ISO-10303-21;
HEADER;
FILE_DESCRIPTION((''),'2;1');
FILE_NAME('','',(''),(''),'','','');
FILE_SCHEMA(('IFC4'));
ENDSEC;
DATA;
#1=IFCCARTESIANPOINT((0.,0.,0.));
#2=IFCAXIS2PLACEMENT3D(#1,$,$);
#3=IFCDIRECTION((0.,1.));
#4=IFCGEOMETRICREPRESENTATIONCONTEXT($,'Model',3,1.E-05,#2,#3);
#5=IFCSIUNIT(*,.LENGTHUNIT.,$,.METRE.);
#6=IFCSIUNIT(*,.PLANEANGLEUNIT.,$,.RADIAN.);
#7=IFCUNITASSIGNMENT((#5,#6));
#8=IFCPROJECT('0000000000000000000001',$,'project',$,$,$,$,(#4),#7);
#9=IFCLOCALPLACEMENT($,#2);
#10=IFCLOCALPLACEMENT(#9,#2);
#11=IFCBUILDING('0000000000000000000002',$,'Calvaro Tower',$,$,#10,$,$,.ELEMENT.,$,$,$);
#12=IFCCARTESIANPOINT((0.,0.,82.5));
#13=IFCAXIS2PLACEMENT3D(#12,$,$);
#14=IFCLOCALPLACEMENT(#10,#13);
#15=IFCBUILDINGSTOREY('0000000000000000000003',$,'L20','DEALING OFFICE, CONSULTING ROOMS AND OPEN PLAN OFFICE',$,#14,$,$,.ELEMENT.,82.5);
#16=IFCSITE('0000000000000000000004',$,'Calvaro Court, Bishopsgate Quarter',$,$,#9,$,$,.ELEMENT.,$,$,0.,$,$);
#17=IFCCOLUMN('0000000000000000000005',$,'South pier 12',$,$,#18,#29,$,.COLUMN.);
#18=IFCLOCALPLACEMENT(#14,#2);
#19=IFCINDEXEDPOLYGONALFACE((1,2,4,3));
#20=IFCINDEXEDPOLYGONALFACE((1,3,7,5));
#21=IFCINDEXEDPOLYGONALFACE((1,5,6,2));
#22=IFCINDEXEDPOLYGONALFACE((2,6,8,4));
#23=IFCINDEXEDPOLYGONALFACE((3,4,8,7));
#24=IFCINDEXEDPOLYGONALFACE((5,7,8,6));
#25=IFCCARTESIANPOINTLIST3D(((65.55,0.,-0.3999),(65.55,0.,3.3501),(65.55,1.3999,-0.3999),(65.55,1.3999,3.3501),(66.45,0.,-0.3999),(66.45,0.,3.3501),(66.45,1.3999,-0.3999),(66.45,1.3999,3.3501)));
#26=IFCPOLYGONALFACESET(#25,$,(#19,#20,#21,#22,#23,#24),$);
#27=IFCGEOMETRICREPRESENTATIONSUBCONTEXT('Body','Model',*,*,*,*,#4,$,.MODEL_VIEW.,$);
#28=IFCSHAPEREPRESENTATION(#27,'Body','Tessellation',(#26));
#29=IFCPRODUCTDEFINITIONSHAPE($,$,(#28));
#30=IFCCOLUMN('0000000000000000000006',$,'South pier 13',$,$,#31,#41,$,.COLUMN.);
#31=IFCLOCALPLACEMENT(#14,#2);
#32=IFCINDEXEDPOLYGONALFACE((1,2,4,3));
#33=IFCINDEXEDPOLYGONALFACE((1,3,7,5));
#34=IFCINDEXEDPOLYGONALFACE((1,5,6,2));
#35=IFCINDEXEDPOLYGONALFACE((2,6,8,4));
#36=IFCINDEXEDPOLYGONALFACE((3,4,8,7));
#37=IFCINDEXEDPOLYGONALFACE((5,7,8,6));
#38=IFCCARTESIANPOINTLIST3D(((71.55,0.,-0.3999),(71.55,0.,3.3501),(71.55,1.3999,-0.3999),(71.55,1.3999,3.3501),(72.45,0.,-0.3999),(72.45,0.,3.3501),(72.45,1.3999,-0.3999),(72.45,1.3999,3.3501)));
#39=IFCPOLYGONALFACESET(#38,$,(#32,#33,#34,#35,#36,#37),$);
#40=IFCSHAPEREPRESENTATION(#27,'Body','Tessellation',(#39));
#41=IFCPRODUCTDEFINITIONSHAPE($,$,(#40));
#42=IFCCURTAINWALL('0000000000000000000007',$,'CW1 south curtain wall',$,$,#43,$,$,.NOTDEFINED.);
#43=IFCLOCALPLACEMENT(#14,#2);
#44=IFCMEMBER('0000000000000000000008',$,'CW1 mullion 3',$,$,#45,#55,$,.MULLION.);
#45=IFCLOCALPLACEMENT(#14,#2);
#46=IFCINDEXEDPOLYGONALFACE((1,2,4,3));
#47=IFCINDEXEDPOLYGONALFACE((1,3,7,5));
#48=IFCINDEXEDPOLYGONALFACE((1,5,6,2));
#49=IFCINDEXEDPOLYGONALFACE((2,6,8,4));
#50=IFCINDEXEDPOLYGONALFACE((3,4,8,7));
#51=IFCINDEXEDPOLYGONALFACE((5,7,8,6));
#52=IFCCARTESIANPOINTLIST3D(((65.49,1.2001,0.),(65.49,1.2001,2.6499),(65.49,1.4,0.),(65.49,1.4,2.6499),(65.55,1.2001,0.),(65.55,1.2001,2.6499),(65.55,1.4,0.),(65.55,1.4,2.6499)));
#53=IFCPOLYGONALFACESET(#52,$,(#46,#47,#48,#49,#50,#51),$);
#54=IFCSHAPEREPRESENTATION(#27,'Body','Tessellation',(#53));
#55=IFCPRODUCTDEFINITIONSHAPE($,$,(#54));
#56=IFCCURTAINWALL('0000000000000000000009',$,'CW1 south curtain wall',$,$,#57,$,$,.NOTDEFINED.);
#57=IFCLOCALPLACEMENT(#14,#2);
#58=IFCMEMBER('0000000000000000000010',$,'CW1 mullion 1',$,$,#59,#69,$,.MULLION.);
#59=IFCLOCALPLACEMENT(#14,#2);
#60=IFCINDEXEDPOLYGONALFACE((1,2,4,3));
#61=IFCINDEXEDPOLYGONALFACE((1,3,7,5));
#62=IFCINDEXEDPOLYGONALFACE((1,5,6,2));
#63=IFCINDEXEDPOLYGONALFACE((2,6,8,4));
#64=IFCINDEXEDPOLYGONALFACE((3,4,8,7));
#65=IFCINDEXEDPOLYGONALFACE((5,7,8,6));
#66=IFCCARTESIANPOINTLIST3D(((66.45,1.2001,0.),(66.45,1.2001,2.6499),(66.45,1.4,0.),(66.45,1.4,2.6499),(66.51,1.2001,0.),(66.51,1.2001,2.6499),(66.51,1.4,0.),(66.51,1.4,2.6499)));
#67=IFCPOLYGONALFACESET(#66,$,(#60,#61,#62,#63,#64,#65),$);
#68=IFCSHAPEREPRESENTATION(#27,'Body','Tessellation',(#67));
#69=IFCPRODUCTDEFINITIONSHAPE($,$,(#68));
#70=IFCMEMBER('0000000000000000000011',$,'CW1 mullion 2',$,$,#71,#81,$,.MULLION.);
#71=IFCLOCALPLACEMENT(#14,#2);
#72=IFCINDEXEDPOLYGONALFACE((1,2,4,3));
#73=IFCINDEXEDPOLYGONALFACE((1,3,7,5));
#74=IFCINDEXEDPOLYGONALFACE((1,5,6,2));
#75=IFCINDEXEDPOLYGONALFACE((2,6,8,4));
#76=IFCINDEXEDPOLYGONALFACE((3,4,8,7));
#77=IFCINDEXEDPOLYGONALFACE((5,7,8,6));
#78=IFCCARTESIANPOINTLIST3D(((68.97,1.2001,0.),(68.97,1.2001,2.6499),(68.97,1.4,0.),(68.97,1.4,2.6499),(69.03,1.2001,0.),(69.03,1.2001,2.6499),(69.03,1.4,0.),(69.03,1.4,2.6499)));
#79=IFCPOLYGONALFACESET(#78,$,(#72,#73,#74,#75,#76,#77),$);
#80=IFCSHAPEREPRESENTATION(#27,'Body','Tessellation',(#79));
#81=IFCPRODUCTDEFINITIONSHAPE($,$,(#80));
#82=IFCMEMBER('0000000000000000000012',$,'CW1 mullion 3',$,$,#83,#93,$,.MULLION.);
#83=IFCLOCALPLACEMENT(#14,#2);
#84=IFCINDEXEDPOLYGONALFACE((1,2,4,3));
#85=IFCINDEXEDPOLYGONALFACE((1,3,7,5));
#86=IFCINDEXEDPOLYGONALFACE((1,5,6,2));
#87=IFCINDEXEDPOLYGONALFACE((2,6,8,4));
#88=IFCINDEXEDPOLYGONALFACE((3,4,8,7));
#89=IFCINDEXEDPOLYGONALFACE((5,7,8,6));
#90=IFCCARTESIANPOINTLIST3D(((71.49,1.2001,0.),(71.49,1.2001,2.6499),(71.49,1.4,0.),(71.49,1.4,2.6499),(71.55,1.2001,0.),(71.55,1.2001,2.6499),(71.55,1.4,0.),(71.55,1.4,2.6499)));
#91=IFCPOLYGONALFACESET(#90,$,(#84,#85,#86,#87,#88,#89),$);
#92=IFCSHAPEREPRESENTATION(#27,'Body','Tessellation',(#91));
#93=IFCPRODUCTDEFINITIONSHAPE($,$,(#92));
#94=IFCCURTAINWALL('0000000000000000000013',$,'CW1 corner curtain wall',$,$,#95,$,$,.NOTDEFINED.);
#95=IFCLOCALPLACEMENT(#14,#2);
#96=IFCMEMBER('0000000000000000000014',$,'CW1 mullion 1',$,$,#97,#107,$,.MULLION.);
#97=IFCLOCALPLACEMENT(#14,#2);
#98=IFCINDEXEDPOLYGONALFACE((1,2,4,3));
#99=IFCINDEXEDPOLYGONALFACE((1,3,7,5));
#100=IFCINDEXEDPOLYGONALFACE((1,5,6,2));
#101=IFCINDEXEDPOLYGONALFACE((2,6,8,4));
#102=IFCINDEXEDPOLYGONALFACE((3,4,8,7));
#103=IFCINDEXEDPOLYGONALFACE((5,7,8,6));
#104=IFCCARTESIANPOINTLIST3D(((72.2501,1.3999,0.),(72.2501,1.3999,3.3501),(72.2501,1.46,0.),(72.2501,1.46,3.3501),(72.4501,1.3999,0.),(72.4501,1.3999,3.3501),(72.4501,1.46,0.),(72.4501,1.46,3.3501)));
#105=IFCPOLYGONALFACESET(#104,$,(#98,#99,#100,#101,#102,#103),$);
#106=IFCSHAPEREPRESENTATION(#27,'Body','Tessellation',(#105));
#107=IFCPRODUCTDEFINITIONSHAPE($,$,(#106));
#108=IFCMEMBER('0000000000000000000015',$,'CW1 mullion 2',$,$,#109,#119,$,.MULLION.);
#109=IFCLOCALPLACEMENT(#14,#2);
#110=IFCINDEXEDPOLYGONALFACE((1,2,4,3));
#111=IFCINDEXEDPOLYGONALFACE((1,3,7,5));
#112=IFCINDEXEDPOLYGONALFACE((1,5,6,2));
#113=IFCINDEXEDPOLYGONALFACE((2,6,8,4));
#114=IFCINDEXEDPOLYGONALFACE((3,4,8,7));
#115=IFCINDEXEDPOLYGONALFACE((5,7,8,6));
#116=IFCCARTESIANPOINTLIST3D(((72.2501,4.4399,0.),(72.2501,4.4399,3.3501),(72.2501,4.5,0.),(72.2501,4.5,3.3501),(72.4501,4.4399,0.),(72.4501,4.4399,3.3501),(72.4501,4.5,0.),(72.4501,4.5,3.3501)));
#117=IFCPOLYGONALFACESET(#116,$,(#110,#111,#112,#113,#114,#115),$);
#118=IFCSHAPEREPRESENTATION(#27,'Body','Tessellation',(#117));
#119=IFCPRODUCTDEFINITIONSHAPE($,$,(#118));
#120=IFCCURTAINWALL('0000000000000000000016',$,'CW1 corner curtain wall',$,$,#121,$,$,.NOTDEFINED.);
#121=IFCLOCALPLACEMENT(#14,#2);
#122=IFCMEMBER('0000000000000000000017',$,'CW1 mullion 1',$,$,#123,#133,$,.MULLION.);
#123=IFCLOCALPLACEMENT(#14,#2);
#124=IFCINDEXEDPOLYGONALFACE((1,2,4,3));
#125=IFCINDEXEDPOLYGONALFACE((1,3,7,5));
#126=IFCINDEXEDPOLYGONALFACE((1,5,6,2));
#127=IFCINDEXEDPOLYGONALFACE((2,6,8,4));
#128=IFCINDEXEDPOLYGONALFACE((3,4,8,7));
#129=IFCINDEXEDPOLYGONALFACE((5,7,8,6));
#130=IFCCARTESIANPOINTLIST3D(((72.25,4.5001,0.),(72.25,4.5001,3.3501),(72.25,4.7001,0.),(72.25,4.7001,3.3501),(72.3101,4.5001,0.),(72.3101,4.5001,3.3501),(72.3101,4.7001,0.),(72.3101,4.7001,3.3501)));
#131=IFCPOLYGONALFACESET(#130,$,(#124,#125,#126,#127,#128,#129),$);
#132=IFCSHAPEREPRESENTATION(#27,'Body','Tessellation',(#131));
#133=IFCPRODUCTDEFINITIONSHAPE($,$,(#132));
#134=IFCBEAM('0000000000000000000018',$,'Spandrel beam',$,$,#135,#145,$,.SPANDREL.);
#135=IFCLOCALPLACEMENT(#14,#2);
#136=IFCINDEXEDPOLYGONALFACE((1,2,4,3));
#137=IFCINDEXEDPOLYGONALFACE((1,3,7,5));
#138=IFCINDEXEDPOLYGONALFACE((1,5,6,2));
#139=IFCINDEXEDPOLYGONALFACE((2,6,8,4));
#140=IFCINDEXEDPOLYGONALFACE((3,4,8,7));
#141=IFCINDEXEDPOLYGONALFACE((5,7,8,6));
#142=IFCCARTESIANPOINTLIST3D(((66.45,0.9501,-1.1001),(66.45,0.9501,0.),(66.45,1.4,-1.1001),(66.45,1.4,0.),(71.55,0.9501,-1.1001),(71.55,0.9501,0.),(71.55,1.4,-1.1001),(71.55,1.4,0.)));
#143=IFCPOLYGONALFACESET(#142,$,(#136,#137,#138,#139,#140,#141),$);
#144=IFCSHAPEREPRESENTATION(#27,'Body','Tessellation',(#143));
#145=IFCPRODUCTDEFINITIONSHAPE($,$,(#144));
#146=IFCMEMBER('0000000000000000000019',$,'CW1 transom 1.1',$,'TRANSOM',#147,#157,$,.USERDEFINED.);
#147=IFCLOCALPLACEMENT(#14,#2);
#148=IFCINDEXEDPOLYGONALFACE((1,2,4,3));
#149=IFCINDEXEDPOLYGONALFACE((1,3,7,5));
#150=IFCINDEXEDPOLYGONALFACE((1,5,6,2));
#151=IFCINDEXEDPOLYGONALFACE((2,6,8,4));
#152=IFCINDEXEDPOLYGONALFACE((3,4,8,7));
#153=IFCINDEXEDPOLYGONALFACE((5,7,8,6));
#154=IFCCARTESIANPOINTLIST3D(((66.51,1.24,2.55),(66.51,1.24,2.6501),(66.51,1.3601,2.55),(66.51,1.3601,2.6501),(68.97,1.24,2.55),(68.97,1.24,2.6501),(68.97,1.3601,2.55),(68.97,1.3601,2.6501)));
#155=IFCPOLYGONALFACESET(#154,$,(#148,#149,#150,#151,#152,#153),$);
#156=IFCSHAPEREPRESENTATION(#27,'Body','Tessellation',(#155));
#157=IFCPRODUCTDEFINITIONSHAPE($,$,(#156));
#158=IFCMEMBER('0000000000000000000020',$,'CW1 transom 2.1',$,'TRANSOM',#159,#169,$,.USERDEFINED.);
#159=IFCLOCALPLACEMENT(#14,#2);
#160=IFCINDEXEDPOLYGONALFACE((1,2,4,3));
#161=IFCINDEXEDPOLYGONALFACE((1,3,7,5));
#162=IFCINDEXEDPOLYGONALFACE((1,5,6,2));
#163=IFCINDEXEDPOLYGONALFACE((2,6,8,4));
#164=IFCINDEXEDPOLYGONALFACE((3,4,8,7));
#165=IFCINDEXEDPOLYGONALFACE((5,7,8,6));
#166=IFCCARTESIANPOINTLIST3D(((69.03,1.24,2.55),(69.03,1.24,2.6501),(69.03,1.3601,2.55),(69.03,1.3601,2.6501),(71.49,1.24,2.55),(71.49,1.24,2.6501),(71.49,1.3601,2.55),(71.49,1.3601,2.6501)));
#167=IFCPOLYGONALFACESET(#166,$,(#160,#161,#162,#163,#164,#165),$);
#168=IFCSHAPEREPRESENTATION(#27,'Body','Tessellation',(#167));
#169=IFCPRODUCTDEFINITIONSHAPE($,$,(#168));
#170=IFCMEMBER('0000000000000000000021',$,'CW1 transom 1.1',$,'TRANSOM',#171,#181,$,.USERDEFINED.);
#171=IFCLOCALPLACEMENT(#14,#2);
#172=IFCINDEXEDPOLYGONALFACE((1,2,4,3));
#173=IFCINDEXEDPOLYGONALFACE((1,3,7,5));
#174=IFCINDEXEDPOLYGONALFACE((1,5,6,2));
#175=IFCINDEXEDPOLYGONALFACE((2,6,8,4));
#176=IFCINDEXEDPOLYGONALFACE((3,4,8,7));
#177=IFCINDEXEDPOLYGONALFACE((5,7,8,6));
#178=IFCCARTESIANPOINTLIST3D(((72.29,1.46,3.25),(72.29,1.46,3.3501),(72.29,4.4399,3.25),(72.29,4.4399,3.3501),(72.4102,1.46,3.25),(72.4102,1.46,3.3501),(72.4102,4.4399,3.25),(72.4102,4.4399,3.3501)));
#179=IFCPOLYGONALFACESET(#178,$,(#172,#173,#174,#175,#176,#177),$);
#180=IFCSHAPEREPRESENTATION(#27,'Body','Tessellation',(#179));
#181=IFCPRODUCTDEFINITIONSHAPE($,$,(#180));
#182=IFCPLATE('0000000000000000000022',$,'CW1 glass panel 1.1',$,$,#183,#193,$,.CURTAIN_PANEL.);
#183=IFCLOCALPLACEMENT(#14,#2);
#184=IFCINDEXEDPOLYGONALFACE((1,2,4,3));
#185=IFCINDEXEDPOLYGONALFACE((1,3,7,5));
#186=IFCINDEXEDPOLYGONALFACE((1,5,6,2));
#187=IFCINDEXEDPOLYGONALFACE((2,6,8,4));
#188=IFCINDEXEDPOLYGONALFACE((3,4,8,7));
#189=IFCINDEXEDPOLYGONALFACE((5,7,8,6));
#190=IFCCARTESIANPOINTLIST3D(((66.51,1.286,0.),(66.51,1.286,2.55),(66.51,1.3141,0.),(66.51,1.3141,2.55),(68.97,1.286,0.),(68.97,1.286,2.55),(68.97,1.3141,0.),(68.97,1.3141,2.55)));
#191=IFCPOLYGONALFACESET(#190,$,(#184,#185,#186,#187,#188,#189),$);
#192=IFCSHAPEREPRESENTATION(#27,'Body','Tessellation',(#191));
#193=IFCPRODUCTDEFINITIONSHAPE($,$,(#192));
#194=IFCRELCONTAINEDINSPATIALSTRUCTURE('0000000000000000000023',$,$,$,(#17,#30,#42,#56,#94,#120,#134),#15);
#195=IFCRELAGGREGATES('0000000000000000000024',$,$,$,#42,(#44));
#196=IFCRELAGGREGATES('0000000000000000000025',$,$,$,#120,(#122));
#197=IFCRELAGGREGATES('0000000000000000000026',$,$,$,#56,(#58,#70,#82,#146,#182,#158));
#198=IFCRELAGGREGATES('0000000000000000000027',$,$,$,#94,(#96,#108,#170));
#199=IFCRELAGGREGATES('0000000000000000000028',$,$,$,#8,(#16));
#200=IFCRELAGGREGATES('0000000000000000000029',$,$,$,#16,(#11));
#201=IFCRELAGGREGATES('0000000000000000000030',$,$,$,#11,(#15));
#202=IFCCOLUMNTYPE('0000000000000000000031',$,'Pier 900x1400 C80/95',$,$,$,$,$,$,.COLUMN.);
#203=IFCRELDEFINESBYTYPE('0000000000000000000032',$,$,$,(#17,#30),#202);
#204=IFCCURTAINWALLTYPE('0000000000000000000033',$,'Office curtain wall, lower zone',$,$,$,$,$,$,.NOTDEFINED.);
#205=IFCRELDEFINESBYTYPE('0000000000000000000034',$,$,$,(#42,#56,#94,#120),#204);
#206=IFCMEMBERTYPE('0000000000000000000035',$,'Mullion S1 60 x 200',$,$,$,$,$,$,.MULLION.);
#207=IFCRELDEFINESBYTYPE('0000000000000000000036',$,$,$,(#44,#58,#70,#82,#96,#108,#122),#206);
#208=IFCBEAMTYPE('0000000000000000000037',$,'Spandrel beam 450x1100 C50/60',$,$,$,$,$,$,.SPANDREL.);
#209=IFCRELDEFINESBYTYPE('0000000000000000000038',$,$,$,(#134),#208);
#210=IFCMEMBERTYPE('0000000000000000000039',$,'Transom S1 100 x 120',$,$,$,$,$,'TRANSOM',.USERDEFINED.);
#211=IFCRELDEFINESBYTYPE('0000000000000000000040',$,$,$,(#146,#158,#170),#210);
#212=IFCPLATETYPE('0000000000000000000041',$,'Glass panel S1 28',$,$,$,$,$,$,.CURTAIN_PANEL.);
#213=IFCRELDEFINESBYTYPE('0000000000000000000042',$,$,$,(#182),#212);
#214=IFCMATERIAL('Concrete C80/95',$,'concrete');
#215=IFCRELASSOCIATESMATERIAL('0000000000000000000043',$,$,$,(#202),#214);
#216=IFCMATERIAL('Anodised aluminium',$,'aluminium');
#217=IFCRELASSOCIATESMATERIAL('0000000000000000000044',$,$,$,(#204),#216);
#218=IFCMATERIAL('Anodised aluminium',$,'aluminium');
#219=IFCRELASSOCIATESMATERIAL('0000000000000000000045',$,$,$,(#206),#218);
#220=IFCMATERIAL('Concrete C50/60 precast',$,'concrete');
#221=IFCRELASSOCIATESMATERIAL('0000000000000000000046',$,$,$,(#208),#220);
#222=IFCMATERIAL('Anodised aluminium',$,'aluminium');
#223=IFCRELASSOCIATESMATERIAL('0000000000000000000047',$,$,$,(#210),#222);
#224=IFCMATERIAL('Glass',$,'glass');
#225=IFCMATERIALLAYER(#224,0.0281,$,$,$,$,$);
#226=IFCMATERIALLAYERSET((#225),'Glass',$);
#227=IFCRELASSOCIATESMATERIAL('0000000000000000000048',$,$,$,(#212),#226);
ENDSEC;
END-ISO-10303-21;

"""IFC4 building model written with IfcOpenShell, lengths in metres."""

from ifc_helpers import new_model, si_unit, direction, frame, origin, origin_2d, place, context, subcontext, project, spatial, rectangle, extrude, material, layer, layer_set, material_profile, profile_set, type_object, element, aggregate, save


model = new_model("IFC4")

# Units and contexts
model_context = context("Model", 3, precision=1e-05, world=origin(), true_north=direction((0.0, 1.0)))
body_context = subcontext(model_context, "Body", "Model", "MODEL_VIEW")
ifc_project = project(units=[si_unit("LENGTHUNIT", "METRE"), si_unit("PLANEANGLEUNIT", "RADIAN")], contexts=[model_context])

# Site, building, storey
site_placement = place(None, origin())
site = spatial("IfcSite", under=ifc_project, at=site_placement, Name="Calvaro Court, Bishopsgate Quarter", CompositionType="ELEMENT", RefElevation=0.0)
building_placement = place(site_placement, origin())
building = spatial("IfcBuilding", under=site, at=building_placement, Name="Calvaro Tower", CompositionType="ELEMENT")
storey_placement = place(building_placement, frame((0.0, 0.0, 82.5)))
storey = spatial("IfcBuildingStorey", under=building, at=storey_placement, Name="L20", Description="DEALING OFFICE, CONSULTING ROOMS AND OPEN PLAN OFFICE", CompositionType="ELEMENT", Elevation=82.5)

# Columns
ifc_material_1 = material(Name="Concrete C80/95", Category="concrete")
ifc_material_profile_1 = material_profile(ifc_material_1, rectangle(XDim=0.8999, YDim=1.3999, at=origin_2d()), Name="RC 900x1400")
ifc_profile_set_1 = profile_set([ifc_material_profile_1], Name="Concrete C80/95")
column_type = type_object("IfcColumnType", Name="Pier 900x1400 C80/95", PredefinedType="COLUMN", material=ifc_profile_set_1)
for number, where, z_axis, x_axis, name in (
    (1, (66.0, 0.7, -0.3999), (0.0, 0.0, 1.0), (1.0, 0.0, 0.0), "South pier 12"),
    (2, (72.0, 0.7, -0.3999), (0.0, 0.0, 1.0), (1.0, 0.0, 0.0), "South pier 13"),
):
    element("IfcColumn", number, at=place(storey_placement, frame(where, z_axis=z_axis, x_axis=x_axis)), inside=storey, type_object=column_type, Name=name, PredefinedType="COLUMN", context=body_context, shape_type="SweptSolid", body=[
        extrude(rectangle(XDim=0.8999, YDim=1.3999, at=origin_2d()), origin(), (0.0, 0.0, 1.0), 3.75),
    ])

# Curtain wall, member
ifc_material_2 = material(Name="Anodised aluminium", Category="aluminium")
curtain_wall_type = type_object("IfcCurtainWallType", Name="Office curtain wall, lower zone", PredefinedType="NOTDEFINED", material=ifc_material_2)
curtain_wall_1_placement = place(storey_placement, origin())
curtain_wall_1 = element("IfcCurtainWall", 3, at=curtain_wall_1_placement, inside=storey, type_object=curtain_wall_type, Name="CW1 south curtain wall", PredefinedType="NOTDEFINED")
ifc_material_3 = material(Name="Anodised aluminium", Category="aluminium")
ifc_material_profile_2 = material_profile(ifc_material_3, rectangle(XDim=0.2, YDim=0.0601, at=origin_2d()), Name="Mullion S1 60 x 200")
ifc_profile_set_2 = profile_set([ifc_material_profile_2], Name="Anodised aluminium")
member_type_1 = type_object("IfcMemberType", Name="Mullion S1 60 x 200", PredefinedType="MULLION", material=ifc_profile_set_2)
member_1_placement = place(storey_placement, frame((65.52, 1.3, 0.0), z_axis=(0.0, 0.0, 1.0), x_axis=(0.0, 1.0, 0.0)))
member_1 = element("IfcMember", 4, at=member_1_placement, type_object=member_type_1, Name="CW1 mullion 3", PredefinedType="MULLION", context=body_context, shape_type="SweptSolid", body=[
    extrude(rectangle(XDim=0.2, YDim=0.0601, at=origin_2d()), origin(), (0.0, 0.0, 1.0), 2.6499),
])
aggregate(curtain_wall_1, [member_1])

# Curtain walls, members
curtain_wall_2_placement = place(storey_placement, origin())
curtain_wall_2 = element("IfcCurtainWall", 5, at=curtain_wall_2_placement, inside=storey, type_object=curtain_wall_type, Name="CW1 south curtain wall", PredefinedType="NOTDEFINED")
member_2_placement = place(storey_placement, frame((66.48, 1.3, 0.0), z_axis=(0.0, 0.0, 1.0), x_axis=(0.0, 1.0, 0.0)))
member_2 = element("IfcMember", 6, at=member_2_placement, type_object=member_type_1, Name="CW1 mullion 1", PredefinedType="MULLION", context=body_context, shape_type="SweptSolid", body=[
    extrude(rectangle(XDim=0.2, YDim=0.0601, at=origin_2d()), origin(), (0.0, 0.0, 1.0), 2.6499),
])
member_3_placement = place(storey_placement, frame((69.0, 1.3, 0.0), z_axis=(0.0, 0.0, 1.0), x_axis=(0.0, 1.0, 0.0)))
member_3 = element("IfcMember", 7, at=member_3_placement, type_object=member_type_1, Name="CW1 mullion 2", PredefinedType="MULLION", context=body_context, shape_type="SweptSolid", body=[
    extrude(rectangle(XDim=0.2, YDim=0.0601, at=origin_2d()), origin(), (0.0, 0.0, 1.0), 2.6499),
])
member_4_placement = place(storey_placement, frame((71.52, 1.3, 0.0), z_axis=(0.0, 0.0, 1.0), x_axis=(0.0, 1.0, 0.0)))
member_4 = element("IfcMember", 8, at=member_4_placement, type_object=member_type_1, Name="CW1 mullion 3", PredefinedType="MULLION", context=body_context, shape_type="SweptSolid", body=[
    extrude(rectangle(XDim=0.2, YDim=0.0601, at=origin_2d()), origin(), (0.0, 0.0, 1.0), 2.6499),
])
curtain_wall_3_placement = place(storey_placement, origin())
curtain_wall_3 = element("IfcCurtainWall", 9, at=curtain_wall_3_placement, inside=storey, type_object=curtain_wall_type, Name="CW1 corner curtain wall", PredefinedType="NOTDEFINED")
member_5_placement = place(storey_placement, frame((72.3501, 1.4299, 0.0), z_axis=(0.0, 0.0, 1.0), x_axis=(-1.0, 0.0, 0.0)))
member_5 = element("IfcMember", 10, at=member_5_placement, type_object=member_type_1, Name="CW1 mullion 1", PredefinedType="MULLION", context=body_context, shape_type="SweptSolid", body=[
    extrude(rectangle(XDim=0.2, YDim=0.0601, at=origin_2d()), origin(), (0.0, 0.0, 1.0), 3.3501),
])
member_6_placement = place(storey_placement, frame((72.3501, 4.47, 0.0), z_axis=(0.0, 0.0, 1.0), x_axis=(-1.0, 0.0, 0.0)))
member_6 = element("IfcMember", 11, at=member_6_placement, type_object=member_type_1, Name="CW1 mullion 2", PredefinedType="MULLION", context=body_context, shape_type="SweptSolid", body=[
    extrude(rectangle(XDim=0.2, YDim=0.0601, at=origin_2d()), origin(), (0.0, 0.0, 1.0), 3.3501),
])

# Curtain wall, member
curtain_wall_4_placement = place(storey_placement, origin())
curtain_wall_4 = element("IfcCurtainWall", 12, at=curtain_wall_4_placement, inside=storey, type_object=curtain_wall_type, Name="CW1 corner curtain wall", PredefinedType="NOTDEFINED")
member_7_placement = place(storey_placement, frame((72.28, 4.6001, 0.0), z_axis=(0.0, 0.0, 1.0), x_axis=(0.0, 1.0, 0.0)))
member_7 = element("IfcMember", 13, at=member_7_placement, type_object=member_type_1, Name="CW1 mullion 1", PredefinedType="MULLION", context=body_context, shape_type="SweptSolid", body=[
    extrude(rectangle(XDim=0.2, YDim=0.0601, at=origin_2d()), origin(), (0.0, 0.0, 1.0), 3.3501),
])
aggregate(curtain_wall_4, [member_7])

# Beam
ifc_material_4 = material(Name="Concrete C50/60 precast", Category="concrete")
ifc_material_profile_3 = material_profile(ifc_material_4, rectangle(XDim=0.45, YDim=1.1001, at=origin_2d()), Name="RC 450x1100")
ifc_profile_set_3 = profile_set([ifc_material_profile_3], Name="Concrete C50/60 precast")
beam_type = type_object("IfcBeamType", Name="Spandrel beam 450x1100 C50/60", PredefinedType="SPANDREL", material=ifc_profile_set_3)
beam_placement = place(storey_placement, frame((66.45, 1.175, -0.55), z_axis=(1.0, 0.0, 0.0), x_axis=(0.0, 1.0, 0.0)))
element("IfcBeam", 14, at=beam_placement, inside=storey, type_object=beam_type, Name="Spandrel beam", PredefinedType="SPANDREL", context=body_context, shape_type="SweptSolid", body=[
    extrude(rectangle(XDim=0.45, YDim=1.1001, at=origin_2d()), origin(), (0.0, 0.0, 1.0), 5.1001),
])

# Members
ifc_material_5 = material(Name="Anodised aluminium", Category="aluminium")
ifc_material_profile_4 = material_profile(ifc_material_5, rectangle(XDim=0.1201, YDim=0.1001, at=origin_2d()), Name="Transom S1 100 x 120")
ifc_profile_set_4 = profile_set([ifc_material_profile_4], Name="Anodised aluminium")
member_type_2 = type_object("IfcMemberType", Name="Transom S1 100 x 120", ElementType="TRANSOM", PredefinedType="USERDEFINED", material=ifc_profile_set_4)
member_8_placement = place(storey_placement, frame((66.51, 1.3, 2.6001), z_axis=(1.0, 0.0, 0.0), x_axis=(0.0, 1.0, 0.0)))
member_8 = element("IfcMember", 15, at=member_8_placement, type_object=member_type_2, Name="CW1 transom 1.1", ObjectType="TRANSOM", PredefinedType="USERDEFINED", context=body_context, shape_type="SweptSolid", body=[
    extrude(rectangle(XDim=0.1201, YDim=0.1001, at=origin_2d()), origin(), (0.0, 0.0, 1.0), 2.46),
])
member_9_placement = place(storey_placement, frame((69.03, 1.3, 2.6001), z_axis=(1.0, 0.0, 0.0), x_axis=(0.0, 1.0, 0.0)))
member_9 = element("IfcMember", 16, at=member_9_placement, type_object=member_type_2, Name="CW1 transom 2.1", ObjectType="TRANSOM", PredefinedType="USERDEFINED", context=body_context, shape_type="SweptSolid", body=[
    extrude(rectangle(XDim=0.1201, YDim=0.1001, at=origin_2d()), origin(), (0.0, 0.0, 1.0), 2.46),
])
member_10_placement = place(storey_placement, frame((72.3501, 1.46, 3.3), z_axis=(0.0, 1.0, 0.0), x_axis=(-1.0, 0.0, 0.0)))
member_10 = element("IfcMember", 17, at=member_10_placement, type_object=member_type_2, Name="CW1 transom 1.1", ObjectType="TRANSOM", PredefinedType="USERDEFINED", context=body_context, shape_type="SweptSolid", body=[
    extrude(rectangle(XDim=0.1201, YDim=0.1001, at=origin_2d()), origin(), (0.0, 0.0, 1.0), 2.98),
])

# Plate
ifc_material_6 = material(Name="Glass", Category="glass")
ifc_layer_1 = layer(ifc_material_6, 0.0281)
ifc_layer_set_1 = layer_set([ifc_layer_1], Name="Glass")
plate_type = type_object("IfcPlateType", Name="Glass panel S1 28", PredefinedType="CURTAIN_PANEL", material=ifc_layer_set_1)
plate_1_placement = place(storey_placement, frame((67.74, 1.3, 0.0), z_axis=(0.0, 0.0, 1.0), x_axis=(1.0, 0.0, 0.0)))
plate_1 = element("IfcPlate", 18, at=plate_1_placement, type_object=plate_type, Name="CW1 glass panel 1.1", PredefinedType="CURTAIN_PANEL", context=body_context, shape_type="SweptSolid", body=[
    extrude(rectangle(XDim=2.46, YDim=0.0281, at=origin_2d()), origin(), (0.0, 0.0, 1.0), 2.55),
])
aggregate(curtain_wall_2, [member_2, member_3, member_4, member_8, plate_1, member_9])
aggregate(curtain_wall_3, [member_5, member_6, member_10])

save(model, "model.ifc")
